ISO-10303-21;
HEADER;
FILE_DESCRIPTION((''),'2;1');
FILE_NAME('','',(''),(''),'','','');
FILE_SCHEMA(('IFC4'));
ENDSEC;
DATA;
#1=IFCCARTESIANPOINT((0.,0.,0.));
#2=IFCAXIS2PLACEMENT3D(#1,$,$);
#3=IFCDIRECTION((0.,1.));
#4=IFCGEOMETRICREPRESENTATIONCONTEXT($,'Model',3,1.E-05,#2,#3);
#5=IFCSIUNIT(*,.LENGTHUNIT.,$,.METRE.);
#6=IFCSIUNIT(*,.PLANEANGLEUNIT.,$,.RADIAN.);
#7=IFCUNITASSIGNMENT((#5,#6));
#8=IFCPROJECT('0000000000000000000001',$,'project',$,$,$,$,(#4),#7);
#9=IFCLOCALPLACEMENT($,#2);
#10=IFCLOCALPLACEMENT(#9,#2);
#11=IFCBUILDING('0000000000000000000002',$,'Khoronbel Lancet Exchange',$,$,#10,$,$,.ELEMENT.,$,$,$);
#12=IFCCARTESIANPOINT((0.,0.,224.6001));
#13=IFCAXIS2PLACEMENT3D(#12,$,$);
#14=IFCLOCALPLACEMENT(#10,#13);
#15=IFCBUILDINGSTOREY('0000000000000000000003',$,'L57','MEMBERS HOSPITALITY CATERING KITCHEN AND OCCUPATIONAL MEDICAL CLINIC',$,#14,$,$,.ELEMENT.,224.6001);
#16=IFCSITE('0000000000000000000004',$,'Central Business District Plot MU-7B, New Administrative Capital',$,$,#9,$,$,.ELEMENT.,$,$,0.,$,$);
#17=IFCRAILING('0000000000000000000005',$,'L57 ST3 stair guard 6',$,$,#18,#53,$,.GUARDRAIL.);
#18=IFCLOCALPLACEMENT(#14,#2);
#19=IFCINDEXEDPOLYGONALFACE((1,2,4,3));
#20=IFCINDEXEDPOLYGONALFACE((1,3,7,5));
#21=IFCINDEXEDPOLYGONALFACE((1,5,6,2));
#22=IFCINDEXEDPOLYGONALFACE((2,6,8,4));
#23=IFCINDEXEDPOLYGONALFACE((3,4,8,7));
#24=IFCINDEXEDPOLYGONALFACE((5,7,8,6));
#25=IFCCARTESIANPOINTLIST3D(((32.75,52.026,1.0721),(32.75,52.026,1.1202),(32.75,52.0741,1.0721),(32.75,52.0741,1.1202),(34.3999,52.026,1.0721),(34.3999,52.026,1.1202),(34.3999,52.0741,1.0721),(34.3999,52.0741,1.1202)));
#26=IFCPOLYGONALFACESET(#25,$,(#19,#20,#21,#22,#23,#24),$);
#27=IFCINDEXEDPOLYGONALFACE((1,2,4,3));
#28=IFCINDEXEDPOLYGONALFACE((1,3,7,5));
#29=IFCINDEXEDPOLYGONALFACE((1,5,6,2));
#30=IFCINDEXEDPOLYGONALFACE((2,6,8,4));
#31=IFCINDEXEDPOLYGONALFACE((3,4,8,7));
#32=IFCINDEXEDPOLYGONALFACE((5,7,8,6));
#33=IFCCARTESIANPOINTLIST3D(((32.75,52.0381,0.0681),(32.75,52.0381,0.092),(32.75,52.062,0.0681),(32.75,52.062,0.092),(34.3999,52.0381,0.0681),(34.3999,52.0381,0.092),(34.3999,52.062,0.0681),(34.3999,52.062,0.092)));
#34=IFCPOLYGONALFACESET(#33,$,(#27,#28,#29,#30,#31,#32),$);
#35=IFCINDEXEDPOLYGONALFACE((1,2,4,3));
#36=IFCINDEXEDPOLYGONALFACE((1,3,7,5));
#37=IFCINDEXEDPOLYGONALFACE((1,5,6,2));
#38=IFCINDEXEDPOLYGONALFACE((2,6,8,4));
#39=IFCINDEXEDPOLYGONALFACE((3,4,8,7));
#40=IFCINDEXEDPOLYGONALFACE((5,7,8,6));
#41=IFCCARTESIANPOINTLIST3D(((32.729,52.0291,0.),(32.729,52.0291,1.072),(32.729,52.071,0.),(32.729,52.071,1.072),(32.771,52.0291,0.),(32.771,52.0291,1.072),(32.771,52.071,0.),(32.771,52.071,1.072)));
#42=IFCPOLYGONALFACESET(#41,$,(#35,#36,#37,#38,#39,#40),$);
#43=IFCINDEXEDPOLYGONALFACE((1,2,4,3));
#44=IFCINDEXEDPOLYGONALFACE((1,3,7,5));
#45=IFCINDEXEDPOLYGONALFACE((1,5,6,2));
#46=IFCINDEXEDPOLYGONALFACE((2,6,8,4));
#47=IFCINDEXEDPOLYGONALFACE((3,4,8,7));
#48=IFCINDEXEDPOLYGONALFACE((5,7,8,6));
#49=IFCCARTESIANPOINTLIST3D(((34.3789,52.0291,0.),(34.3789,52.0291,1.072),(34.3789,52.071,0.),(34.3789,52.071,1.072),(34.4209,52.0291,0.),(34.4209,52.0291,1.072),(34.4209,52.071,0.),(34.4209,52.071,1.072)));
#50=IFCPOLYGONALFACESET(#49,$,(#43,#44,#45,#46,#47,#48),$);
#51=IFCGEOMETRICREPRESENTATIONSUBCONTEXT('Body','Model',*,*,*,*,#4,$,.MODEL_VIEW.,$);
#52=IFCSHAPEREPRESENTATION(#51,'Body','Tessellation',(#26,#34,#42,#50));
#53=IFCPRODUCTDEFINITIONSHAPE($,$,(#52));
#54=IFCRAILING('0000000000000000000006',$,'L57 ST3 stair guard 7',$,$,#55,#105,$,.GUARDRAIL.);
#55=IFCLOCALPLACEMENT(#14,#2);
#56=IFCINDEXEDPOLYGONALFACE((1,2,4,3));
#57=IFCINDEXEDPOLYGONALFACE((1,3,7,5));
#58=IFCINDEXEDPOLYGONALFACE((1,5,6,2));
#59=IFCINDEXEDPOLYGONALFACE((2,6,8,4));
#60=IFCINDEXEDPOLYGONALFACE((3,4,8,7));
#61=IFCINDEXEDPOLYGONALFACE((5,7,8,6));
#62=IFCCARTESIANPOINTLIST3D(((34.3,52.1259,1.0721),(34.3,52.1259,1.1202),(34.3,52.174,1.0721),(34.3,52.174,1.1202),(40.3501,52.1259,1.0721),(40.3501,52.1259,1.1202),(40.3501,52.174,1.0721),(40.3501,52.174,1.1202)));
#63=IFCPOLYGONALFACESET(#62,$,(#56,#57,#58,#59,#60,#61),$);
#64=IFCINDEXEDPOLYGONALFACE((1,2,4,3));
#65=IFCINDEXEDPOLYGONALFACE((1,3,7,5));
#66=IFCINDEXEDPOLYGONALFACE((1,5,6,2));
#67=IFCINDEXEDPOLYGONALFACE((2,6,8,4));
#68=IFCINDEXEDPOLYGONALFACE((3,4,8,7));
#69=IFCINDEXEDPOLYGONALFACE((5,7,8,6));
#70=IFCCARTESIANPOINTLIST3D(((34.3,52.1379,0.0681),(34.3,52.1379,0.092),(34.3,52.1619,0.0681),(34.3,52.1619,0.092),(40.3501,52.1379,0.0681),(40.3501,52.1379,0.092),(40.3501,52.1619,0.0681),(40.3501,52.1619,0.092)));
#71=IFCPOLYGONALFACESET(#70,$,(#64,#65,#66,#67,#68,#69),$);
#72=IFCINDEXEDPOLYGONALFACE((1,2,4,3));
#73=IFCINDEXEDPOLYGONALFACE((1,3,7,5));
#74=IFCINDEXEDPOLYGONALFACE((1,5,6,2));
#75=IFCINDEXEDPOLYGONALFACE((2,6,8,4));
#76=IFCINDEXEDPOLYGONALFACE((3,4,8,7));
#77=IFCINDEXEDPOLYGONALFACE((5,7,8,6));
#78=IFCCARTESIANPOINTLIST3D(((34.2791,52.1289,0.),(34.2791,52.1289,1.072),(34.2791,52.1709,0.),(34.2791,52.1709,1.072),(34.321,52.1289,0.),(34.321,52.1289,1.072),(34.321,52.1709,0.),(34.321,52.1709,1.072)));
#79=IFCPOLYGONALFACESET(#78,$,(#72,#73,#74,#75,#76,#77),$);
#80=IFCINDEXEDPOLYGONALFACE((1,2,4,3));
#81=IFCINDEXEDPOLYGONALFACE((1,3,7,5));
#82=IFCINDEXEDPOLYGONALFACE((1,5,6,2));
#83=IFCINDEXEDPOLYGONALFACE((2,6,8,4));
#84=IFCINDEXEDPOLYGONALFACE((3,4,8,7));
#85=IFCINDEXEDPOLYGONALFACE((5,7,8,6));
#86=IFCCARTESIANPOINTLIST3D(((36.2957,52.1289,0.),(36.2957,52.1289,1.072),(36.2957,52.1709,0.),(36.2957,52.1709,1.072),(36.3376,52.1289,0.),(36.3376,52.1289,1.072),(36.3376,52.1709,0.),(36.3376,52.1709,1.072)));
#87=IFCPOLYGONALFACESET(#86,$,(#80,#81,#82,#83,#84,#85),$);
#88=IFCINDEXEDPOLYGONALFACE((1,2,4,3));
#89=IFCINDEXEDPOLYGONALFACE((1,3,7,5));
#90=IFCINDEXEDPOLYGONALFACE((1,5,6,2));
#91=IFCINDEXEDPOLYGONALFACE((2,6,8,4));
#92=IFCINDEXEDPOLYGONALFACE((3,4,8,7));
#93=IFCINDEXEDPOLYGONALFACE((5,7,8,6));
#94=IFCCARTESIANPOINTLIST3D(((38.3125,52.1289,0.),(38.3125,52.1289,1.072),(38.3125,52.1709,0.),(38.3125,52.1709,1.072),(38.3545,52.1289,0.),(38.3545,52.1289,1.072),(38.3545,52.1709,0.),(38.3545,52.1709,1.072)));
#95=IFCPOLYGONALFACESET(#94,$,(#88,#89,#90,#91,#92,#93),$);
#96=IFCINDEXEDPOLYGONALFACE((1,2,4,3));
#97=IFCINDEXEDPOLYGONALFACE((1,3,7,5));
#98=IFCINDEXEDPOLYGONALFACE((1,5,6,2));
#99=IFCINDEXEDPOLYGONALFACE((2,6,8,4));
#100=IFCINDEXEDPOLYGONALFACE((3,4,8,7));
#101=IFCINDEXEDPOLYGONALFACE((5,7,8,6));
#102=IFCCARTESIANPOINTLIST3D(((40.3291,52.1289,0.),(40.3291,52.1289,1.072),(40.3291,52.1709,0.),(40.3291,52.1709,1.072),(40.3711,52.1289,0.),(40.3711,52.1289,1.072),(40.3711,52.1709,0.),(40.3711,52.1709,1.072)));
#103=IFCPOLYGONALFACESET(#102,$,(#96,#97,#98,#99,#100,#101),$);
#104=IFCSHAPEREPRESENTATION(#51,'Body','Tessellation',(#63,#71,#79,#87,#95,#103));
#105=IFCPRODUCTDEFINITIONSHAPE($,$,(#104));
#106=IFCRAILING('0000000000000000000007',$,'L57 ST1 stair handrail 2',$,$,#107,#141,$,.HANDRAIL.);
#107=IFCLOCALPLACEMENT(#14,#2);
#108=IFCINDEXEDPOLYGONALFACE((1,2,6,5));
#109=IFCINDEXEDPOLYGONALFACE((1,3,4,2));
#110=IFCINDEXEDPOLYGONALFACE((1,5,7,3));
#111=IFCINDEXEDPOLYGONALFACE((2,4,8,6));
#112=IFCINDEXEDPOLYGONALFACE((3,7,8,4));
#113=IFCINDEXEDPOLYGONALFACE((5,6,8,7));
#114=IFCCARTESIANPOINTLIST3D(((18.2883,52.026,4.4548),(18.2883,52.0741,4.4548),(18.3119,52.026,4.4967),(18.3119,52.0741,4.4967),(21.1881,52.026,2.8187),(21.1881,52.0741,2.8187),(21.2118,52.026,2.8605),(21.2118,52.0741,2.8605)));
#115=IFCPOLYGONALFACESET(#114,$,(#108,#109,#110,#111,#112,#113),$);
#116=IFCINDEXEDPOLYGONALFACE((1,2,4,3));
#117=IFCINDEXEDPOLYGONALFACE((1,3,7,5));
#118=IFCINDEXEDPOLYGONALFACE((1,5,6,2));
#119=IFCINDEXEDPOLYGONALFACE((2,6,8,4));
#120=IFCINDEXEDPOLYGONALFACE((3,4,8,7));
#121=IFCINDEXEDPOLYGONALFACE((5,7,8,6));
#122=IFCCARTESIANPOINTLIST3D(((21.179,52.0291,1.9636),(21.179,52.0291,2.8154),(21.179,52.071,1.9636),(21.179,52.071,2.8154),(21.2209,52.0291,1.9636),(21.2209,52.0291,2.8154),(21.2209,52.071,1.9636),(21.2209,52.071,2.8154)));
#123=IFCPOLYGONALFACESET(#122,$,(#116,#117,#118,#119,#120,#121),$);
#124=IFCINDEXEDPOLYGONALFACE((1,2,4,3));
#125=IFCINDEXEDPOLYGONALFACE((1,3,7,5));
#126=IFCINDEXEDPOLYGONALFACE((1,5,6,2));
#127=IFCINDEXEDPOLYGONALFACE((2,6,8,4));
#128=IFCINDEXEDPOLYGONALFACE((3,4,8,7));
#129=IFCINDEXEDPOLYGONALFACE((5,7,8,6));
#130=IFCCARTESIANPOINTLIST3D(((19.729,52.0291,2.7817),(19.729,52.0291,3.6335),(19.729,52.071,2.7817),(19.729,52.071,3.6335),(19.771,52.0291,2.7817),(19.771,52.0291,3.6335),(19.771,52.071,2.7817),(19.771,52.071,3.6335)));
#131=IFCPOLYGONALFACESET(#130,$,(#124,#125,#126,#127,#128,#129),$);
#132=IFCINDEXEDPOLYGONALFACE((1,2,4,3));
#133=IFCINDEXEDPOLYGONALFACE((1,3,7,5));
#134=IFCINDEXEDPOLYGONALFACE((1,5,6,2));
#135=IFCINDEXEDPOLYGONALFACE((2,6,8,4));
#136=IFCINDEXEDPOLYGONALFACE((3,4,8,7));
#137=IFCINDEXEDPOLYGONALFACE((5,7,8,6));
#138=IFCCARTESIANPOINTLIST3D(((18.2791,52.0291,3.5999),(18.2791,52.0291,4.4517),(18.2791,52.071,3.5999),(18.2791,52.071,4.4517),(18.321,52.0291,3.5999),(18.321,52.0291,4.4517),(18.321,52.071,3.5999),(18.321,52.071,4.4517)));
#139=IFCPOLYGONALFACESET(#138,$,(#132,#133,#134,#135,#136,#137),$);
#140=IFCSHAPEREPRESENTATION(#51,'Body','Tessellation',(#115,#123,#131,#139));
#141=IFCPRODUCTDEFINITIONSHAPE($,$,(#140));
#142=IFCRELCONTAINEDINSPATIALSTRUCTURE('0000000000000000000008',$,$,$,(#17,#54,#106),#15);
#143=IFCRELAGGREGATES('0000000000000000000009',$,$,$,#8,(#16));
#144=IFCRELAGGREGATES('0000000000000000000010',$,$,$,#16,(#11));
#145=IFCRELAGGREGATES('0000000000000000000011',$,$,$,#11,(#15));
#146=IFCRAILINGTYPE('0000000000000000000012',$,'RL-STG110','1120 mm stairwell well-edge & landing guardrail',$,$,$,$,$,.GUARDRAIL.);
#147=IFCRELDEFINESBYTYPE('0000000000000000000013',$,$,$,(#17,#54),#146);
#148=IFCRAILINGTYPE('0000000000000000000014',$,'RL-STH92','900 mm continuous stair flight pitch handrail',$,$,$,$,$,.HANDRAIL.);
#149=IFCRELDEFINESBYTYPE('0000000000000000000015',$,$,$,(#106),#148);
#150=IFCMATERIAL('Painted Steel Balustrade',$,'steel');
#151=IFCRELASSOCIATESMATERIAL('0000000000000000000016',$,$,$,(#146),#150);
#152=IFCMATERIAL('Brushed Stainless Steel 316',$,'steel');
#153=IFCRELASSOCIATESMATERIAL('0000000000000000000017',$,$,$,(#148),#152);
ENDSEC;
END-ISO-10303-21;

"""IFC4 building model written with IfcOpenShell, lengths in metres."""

from ifc_helpers import new_model, si_unit, direction, frame, origin, origin_2d, place, context, subcontext, project, spatial, rectangle, extrude, material, type_object, element, save


model = new_model("IFC4")

# Units and contexts
model_context = context("Model", 3, precision=1e-05, world=origin(), true_north=direction((0.0, 1.0)))
body_context = subcontext(model_context, "Body", "Model", "MODEL_VIEW")
ifc_project = project(units=[si_unit("LENGTHUNIT", "METRE"), si_unit("PLANEANGLEUNIT", "RADIAN")], contexts=[model_context])

# Site, building, storey
site_placement = place(None, origin())
site = spatial("IfcSite", under=ifc_project, at=site_placement, Name="Central Business District Plot MU-7B, New Administrative Capital", CompositionType="ELEMENT", RefElevation=0.0)
building_placement = place(site_placement, origin())
building = spatial("IfcBuilding", under=site, at=building_placement, Name="Khoronbel Lancet Exchange", CompositionType="ELEMENT")
storey_placement = place(building_placement, frame((0.0, 0.0, 224.6001)))
storey = spatial("IfcBuildingStorey", under=building, at=storey_placement, Name="L57", Description="MEMBERS HOSPITALITY CATERING KITCHEN AND OCCUPATIONAL MEDICAL CLINIC", CompositionType="ELEMENT", Elevation=224.6001)

# Railings
ifc_material_1 = material(Name="Painted Steel Balustrade", Category="steel")
railing_type_1 = type_object("IfcRailingType", Name="RL-STG110", Description="1120 mm stairwell well-edge & landing guardrail", PredefinedType="GUARDRAIL", material=ifc_material_1)
railing_1_placement = place(storey_placement, frame((32.75, 52.05, 0.0)))
element("IfcRailing", 1, at=railing_1_placement, inside=storey, type_object=railing_type_1, Name="L57 ST3 stair guard 6", PredefinedType="GUARDRAIL", context=body_context, shape_type="SweptSolid", body=[
    extrude(rectangle(XDim=0.0481, YDim=0.0481, at=origin_2d()), frame((0.0, 0.0, 1.0962), z_axis=(1.0, 0.0, 0.0), x_axis=(0.0, 1.0, 0.0)), (0.0, 0.0, 1.0), 1.6499),
    extrude(rectangle(XDim=0.0239, YDim=0.0239, at=origin_2d()), frame((0.0, 0.0, 0.0801), z_axis=(1.0, 0.0, 0.0), x_axis=(0.0, 1.0, 0.0)), (0.0, 0.0, 1.0), 1.6499),
    extrude(rectangle(XDim=0.042, YDim=0.042, at=origin_2d()), origin(), (0.0, 0.0, 1.0), 1.072),
    extrude(rectangle(XDim=0.042, YDim=0.042, at=origin_2d()), frame((1.6499, 0.0, 0.0)), (0.0, 0.0, 1.0), 1.072),
])
railing_2_placement = place(storey_placement, frame((34.3, 52.1499, 0.0)))
element("IfcRailing", 2, at=railing_2_placement, inside=storey, type_object=railing_type_1, Name="L57 ST3 stair guard 7", PredefinedType="GUARDRAIL", context=body_context, shape_type="SweptSolid", body=[
    extrude(rectangle(XDim=0.0481, YDim=0.0481, at=origin_2d()), frame((0.0, 0.0, 1.0962), z_axis=(1.0, 0.0, 0.0), x_axis=(0.0, 1.0, 0.0)), (0.0, 0.0, 1.0), 6.05),
    extrude(rectangle(XDim=0.0239, YDim=0.0239, at=origin_2d()), frame((0.0, 0.0, 0.0801), z_axis=(1.0, 0.0, 0.0), x_axis=(0.0, 1.0, 0.0)), (0.0, 0.0, 1.0), 6.05),
    extrude(rectangle(XDim=0.042, YDim=0.042, at=origin_2d()), origin(), (0.0, 0.0, 1.0), 1.072),
    extrude(rectangle(XDim=0.042, YDim=0.042, at=origin_2d()), frame((2.0166, 0.0, 0.0)), (0.0, 0.0, 1.0), 1.072),
    extrude(rectangle(XDim=0.042, YDim=0.042, at=origin_2d()), frame((4.0334, 0.0, 0.0)), (0.0, 0.0, 1.0), 1.072),
    extrude(rectangle(XDim=0.042, YDim=0.042, at=origin_2d()), frame((6.05, 0.0, 0.0)), (0.0, 0.0, 1.0), 1.072),
])
ifc_material_2 = material(Name="Brushed Stainless Steel 316", Category="steel")
railing_type_2 = type_object("IfcRailingType", Name="RL-STH92", Description="900 mm continuous stair flight pitch handrail", PredefinedType="HANDRAIL", material=ifc_material_2)
railing_3_placement = place(storey_placement, frame((21.2, 52.05, 1.9636)))
element("IfcRailing", 3, at=railing_3_placement, inside=storey, type_object=railing_type_2, Name="L57 ST1 stair handrail 2", PredefinedType="HANDRAIL", context=body_context, shape_type="SweptSolid", body=[
    extrude(rectangle(XDim=0.0481, YDim=0.0481, at=origin_2d()), frame((0.0, 0.0, 0.876), z_axis=(-0.870929, 0.0, 0.49141), x_axis=(0.0, -1.0, 0.0)), (0.0, 0.0, 1.0), 3.3296),
    extrude(rectangle(XDim=0.042, YDim=0.042, at=origin_2d()), origin(), (0.0, 0.0, 1.0), 0.8518),
    extrude(rectangle(XDim=0.042, YDim=0.042, at=origin_2d()), frame((-1.45, 0.0, 0.8181)), (0.0, 0.0, 1.0), 0.8518),
    extrude(rectangle(XDim=0.042, YDim=0.042, at=origin_2d()), frame((-2.8999, 0.0, 1.6362)), (0.0, 0.0, 1.0), 0.8518),
])

save(model, "model.ifc")
